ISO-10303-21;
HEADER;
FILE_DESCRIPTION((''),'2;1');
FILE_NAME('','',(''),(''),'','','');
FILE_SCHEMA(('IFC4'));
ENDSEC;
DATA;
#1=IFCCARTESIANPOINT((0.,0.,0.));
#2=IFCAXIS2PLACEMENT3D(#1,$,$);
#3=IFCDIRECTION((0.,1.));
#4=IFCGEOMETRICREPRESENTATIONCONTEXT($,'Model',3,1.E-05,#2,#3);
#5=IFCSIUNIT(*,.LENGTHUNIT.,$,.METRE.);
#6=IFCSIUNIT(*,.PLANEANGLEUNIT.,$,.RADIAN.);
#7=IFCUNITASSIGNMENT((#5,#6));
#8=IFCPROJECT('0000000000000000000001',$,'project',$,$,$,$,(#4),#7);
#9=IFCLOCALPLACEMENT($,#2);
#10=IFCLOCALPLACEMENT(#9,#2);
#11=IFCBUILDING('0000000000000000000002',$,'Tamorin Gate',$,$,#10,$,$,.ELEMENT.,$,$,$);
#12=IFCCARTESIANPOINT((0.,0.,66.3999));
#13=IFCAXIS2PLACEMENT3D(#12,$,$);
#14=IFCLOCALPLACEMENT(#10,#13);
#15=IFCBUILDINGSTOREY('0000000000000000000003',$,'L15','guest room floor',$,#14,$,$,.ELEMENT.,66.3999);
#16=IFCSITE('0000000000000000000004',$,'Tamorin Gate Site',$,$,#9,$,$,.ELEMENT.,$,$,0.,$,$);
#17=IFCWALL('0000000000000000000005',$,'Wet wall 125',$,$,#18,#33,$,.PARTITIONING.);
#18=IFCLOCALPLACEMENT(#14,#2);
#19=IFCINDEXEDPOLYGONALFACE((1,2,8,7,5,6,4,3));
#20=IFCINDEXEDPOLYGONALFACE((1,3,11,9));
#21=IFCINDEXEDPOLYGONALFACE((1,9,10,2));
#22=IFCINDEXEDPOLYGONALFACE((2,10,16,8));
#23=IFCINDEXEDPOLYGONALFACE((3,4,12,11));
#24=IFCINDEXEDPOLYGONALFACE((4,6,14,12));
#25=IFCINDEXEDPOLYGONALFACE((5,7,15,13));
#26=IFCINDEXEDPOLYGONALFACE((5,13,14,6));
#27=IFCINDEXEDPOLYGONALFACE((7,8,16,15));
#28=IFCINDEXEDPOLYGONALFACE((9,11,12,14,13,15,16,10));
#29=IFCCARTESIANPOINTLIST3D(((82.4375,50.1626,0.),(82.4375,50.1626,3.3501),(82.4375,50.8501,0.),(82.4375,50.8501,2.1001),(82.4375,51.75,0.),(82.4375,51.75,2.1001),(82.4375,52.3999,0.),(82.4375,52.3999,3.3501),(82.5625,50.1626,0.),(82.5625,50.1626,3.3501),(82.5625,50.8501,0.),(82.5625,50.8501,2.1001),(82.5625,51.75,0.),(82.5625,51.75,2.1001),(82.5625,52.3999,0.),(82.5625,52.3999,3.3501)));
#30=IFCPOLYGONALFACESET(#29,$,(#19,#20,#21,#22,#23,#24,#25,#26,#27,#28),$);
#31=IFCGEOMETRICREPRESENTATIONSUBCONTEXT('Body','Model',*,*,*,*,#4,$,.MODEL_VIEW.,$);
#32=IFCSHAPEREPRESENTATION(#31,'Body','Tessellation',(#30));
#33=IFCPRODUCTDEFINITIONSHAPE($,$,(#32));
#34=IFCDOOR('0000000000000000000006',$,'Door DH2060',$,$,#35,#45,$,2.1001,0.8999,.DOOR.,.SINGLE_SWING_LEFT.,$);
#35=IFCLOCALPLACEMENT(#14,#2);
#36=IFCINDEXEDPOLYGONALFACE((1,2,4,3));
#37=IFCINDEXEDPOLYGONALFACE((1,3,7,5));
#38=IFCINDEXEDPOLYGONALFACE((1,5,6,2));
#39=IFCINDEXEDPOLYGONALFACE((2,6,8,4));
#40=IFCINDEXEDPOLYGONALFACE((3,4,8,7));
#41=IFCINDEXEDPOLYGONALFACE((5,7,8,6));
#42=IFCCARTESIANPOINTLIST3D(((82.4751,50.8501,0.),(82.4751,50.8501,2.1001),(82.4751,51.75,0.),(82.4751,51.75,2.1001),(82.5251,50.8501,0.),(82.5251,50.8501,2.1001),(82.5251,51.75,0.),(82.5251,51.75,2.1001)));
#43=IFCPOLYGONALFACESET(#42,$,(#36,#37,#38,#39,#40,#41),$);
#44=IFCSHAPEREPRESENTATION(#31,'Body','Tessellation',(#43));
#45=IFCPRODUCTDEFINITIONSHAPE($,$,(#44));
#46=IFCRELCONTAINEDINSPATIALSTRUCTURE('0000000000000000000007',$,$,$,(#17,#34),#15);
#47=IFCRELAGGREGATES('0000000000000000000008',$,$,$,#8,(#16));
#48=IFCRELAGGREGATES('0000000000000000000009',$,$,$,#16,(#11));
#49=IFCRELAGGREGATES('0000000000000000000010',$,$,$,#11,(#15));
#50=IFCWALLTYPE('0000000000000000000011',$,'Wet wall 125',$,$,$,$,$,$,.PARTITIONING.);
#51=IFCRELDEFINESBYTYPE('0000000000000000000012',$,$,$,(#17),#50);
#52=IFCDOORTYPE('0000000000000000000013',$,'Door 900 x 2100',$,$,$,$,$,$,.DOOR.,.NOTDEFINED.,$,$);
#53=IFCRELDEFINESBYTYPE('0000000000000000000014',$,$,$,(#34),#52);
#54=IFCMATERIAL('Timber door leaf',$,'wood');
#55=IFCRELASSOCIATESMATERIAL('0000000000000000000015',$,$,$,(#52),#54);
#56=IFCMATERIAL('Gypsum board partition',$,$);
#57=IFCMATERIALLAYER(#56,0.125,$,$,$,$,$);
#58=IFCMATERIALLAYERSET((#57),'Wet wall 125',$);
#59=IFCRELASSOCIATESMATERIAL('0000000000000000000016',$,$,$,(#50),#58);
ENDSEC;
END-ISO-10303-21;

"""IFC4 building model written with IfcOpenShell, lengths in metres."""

from ifc_helpers import new_model, si_unit, direction, frame, frame_2d, origin, place, context, subcontext, project, spatial, rectangle, extrude, material, layer, layer_set, type_object, element, fill, save


model = new_model("IFC4")

# Units and contexts
model_context = context("Model", 3, precision=1e-05, world=origin(), true_north=direction((0.0, 1.0)))
body_context = subcontext(model_context, "Body", "Model", "MODEL_VIEW")
ifc_project = project(units=[si_unit("LENGTHUNIT", "METRE"), si_unit("PLANEANGLEUNIT", "RADIAN")], contexts=[model_context])

# Site, building, storey
site_placement = place(None, origin())
site = spatial("IfcSite", under=ifc_project, at=site_placement, Name="Tamorin Gate Site", CompositionType="ELEMENT", RefElevation=0.0)
building_placement = place(site_placement, origin())
building = spatial("IfcBuilding", under=site, at=building_placement, Name="Tamorin Gate", CompositionType="ELEMENT")
storey_placement = place(building_placement, frame((0.0, 0.0, 66.3999)))
storey = spatial("IfcBuildingStorey", under=building, at=storey_placement, Name="L15", Description="guest room floor", CompositionType="ELEMENT", Elevation=66.3999)

# Wall, opening, door
ifc_material_1 = material(Name="Gypsum board partition")
ifc_material_2 = material(Name="Timber door leaf", Category="wood")
door_type = type_object("IfcDoorType", Name="Door 900 x 2100", OperationType="NOTDEFINED", PredefinedType="DOOR", material=ifc_material_2)
ifc_layer_1 = layer(ifc_material_1, 0.125)
ifc_layer_set_1 = layer_set([ifc_layer_1], Name="Wet wall 125")
wall_type_1 = type_object("IfcWallType", Name="Wet wall 125", PredefinedType="PARTITIONING", material=ifc_layer_set_1)
wall_1_placement = place(storey_placement, frame((82.5, 50.1626, 0.0), z_axis=(0.0, 0.0, 1.0), x_axis=(0.0, 1.0, 0.0)))
wall_1 = element("IfcWall", 1, at=wall_1_placement, inside=storey, type_object=wall_type_1, Name="Wet wall 125", PredefinedType="PARTITIONING", context=body_context, shape_type="SweptSolid", body=[
    extrude(rectangle(XDim=2.2373, YDim=0.125, at=frame_2d((1.1187, 0.0))), origin(), (0.0, 0.0, 1.0), 3.3501),
])
opening_1_placement = place(wall_1_placement, frame((0.6875, 0.0, 0.0)))
opening_1 = element("IfcOpeningElement", 2, at=opening_1_placement, cuts=wall_1, PredefinedType="OPENING", context=body_context, shape_type="SweptSolid", body=[
    extrude(rectangle(XDim=0.8999, YDim=2.1001, at=frame_2d((0.45, 1.05))), frame((0.0, 0.0725, 0.0), z_axis=(0.0, -1.0, 0.0), x_axis=(1.0, 0.0, 0.0)), (0.0, 0.0, 1.0), 0.145),
])
door_1_placement = place(opening_1_placement, origin())
door_1 = element("IfcDoor", 3, at=door_1_placement, inside=storey, type_object=door_type, Name="Door DH2060", OperationType="SINGLE_SWING_LEFT", OverallHeight=2.1001, OverallWidth=0.8999, PredefinedType="DOOR", context=body_context, shape_type="SweptSolid", body=[
    extrude(rectangle(XDim=0.8999, YDim=2.1001, at=frame_2d((0.45, 1.05))), frame((0.0, 0.0249, 0.0), z_axis=(0.0, -1.0, 0.0), x_axis=(1.0, 0.0, 0.0)), (0.0, 0.0, 1.0), 0.05),
])
fill(opening_1, door_1)

save(model, "model.ifc")
